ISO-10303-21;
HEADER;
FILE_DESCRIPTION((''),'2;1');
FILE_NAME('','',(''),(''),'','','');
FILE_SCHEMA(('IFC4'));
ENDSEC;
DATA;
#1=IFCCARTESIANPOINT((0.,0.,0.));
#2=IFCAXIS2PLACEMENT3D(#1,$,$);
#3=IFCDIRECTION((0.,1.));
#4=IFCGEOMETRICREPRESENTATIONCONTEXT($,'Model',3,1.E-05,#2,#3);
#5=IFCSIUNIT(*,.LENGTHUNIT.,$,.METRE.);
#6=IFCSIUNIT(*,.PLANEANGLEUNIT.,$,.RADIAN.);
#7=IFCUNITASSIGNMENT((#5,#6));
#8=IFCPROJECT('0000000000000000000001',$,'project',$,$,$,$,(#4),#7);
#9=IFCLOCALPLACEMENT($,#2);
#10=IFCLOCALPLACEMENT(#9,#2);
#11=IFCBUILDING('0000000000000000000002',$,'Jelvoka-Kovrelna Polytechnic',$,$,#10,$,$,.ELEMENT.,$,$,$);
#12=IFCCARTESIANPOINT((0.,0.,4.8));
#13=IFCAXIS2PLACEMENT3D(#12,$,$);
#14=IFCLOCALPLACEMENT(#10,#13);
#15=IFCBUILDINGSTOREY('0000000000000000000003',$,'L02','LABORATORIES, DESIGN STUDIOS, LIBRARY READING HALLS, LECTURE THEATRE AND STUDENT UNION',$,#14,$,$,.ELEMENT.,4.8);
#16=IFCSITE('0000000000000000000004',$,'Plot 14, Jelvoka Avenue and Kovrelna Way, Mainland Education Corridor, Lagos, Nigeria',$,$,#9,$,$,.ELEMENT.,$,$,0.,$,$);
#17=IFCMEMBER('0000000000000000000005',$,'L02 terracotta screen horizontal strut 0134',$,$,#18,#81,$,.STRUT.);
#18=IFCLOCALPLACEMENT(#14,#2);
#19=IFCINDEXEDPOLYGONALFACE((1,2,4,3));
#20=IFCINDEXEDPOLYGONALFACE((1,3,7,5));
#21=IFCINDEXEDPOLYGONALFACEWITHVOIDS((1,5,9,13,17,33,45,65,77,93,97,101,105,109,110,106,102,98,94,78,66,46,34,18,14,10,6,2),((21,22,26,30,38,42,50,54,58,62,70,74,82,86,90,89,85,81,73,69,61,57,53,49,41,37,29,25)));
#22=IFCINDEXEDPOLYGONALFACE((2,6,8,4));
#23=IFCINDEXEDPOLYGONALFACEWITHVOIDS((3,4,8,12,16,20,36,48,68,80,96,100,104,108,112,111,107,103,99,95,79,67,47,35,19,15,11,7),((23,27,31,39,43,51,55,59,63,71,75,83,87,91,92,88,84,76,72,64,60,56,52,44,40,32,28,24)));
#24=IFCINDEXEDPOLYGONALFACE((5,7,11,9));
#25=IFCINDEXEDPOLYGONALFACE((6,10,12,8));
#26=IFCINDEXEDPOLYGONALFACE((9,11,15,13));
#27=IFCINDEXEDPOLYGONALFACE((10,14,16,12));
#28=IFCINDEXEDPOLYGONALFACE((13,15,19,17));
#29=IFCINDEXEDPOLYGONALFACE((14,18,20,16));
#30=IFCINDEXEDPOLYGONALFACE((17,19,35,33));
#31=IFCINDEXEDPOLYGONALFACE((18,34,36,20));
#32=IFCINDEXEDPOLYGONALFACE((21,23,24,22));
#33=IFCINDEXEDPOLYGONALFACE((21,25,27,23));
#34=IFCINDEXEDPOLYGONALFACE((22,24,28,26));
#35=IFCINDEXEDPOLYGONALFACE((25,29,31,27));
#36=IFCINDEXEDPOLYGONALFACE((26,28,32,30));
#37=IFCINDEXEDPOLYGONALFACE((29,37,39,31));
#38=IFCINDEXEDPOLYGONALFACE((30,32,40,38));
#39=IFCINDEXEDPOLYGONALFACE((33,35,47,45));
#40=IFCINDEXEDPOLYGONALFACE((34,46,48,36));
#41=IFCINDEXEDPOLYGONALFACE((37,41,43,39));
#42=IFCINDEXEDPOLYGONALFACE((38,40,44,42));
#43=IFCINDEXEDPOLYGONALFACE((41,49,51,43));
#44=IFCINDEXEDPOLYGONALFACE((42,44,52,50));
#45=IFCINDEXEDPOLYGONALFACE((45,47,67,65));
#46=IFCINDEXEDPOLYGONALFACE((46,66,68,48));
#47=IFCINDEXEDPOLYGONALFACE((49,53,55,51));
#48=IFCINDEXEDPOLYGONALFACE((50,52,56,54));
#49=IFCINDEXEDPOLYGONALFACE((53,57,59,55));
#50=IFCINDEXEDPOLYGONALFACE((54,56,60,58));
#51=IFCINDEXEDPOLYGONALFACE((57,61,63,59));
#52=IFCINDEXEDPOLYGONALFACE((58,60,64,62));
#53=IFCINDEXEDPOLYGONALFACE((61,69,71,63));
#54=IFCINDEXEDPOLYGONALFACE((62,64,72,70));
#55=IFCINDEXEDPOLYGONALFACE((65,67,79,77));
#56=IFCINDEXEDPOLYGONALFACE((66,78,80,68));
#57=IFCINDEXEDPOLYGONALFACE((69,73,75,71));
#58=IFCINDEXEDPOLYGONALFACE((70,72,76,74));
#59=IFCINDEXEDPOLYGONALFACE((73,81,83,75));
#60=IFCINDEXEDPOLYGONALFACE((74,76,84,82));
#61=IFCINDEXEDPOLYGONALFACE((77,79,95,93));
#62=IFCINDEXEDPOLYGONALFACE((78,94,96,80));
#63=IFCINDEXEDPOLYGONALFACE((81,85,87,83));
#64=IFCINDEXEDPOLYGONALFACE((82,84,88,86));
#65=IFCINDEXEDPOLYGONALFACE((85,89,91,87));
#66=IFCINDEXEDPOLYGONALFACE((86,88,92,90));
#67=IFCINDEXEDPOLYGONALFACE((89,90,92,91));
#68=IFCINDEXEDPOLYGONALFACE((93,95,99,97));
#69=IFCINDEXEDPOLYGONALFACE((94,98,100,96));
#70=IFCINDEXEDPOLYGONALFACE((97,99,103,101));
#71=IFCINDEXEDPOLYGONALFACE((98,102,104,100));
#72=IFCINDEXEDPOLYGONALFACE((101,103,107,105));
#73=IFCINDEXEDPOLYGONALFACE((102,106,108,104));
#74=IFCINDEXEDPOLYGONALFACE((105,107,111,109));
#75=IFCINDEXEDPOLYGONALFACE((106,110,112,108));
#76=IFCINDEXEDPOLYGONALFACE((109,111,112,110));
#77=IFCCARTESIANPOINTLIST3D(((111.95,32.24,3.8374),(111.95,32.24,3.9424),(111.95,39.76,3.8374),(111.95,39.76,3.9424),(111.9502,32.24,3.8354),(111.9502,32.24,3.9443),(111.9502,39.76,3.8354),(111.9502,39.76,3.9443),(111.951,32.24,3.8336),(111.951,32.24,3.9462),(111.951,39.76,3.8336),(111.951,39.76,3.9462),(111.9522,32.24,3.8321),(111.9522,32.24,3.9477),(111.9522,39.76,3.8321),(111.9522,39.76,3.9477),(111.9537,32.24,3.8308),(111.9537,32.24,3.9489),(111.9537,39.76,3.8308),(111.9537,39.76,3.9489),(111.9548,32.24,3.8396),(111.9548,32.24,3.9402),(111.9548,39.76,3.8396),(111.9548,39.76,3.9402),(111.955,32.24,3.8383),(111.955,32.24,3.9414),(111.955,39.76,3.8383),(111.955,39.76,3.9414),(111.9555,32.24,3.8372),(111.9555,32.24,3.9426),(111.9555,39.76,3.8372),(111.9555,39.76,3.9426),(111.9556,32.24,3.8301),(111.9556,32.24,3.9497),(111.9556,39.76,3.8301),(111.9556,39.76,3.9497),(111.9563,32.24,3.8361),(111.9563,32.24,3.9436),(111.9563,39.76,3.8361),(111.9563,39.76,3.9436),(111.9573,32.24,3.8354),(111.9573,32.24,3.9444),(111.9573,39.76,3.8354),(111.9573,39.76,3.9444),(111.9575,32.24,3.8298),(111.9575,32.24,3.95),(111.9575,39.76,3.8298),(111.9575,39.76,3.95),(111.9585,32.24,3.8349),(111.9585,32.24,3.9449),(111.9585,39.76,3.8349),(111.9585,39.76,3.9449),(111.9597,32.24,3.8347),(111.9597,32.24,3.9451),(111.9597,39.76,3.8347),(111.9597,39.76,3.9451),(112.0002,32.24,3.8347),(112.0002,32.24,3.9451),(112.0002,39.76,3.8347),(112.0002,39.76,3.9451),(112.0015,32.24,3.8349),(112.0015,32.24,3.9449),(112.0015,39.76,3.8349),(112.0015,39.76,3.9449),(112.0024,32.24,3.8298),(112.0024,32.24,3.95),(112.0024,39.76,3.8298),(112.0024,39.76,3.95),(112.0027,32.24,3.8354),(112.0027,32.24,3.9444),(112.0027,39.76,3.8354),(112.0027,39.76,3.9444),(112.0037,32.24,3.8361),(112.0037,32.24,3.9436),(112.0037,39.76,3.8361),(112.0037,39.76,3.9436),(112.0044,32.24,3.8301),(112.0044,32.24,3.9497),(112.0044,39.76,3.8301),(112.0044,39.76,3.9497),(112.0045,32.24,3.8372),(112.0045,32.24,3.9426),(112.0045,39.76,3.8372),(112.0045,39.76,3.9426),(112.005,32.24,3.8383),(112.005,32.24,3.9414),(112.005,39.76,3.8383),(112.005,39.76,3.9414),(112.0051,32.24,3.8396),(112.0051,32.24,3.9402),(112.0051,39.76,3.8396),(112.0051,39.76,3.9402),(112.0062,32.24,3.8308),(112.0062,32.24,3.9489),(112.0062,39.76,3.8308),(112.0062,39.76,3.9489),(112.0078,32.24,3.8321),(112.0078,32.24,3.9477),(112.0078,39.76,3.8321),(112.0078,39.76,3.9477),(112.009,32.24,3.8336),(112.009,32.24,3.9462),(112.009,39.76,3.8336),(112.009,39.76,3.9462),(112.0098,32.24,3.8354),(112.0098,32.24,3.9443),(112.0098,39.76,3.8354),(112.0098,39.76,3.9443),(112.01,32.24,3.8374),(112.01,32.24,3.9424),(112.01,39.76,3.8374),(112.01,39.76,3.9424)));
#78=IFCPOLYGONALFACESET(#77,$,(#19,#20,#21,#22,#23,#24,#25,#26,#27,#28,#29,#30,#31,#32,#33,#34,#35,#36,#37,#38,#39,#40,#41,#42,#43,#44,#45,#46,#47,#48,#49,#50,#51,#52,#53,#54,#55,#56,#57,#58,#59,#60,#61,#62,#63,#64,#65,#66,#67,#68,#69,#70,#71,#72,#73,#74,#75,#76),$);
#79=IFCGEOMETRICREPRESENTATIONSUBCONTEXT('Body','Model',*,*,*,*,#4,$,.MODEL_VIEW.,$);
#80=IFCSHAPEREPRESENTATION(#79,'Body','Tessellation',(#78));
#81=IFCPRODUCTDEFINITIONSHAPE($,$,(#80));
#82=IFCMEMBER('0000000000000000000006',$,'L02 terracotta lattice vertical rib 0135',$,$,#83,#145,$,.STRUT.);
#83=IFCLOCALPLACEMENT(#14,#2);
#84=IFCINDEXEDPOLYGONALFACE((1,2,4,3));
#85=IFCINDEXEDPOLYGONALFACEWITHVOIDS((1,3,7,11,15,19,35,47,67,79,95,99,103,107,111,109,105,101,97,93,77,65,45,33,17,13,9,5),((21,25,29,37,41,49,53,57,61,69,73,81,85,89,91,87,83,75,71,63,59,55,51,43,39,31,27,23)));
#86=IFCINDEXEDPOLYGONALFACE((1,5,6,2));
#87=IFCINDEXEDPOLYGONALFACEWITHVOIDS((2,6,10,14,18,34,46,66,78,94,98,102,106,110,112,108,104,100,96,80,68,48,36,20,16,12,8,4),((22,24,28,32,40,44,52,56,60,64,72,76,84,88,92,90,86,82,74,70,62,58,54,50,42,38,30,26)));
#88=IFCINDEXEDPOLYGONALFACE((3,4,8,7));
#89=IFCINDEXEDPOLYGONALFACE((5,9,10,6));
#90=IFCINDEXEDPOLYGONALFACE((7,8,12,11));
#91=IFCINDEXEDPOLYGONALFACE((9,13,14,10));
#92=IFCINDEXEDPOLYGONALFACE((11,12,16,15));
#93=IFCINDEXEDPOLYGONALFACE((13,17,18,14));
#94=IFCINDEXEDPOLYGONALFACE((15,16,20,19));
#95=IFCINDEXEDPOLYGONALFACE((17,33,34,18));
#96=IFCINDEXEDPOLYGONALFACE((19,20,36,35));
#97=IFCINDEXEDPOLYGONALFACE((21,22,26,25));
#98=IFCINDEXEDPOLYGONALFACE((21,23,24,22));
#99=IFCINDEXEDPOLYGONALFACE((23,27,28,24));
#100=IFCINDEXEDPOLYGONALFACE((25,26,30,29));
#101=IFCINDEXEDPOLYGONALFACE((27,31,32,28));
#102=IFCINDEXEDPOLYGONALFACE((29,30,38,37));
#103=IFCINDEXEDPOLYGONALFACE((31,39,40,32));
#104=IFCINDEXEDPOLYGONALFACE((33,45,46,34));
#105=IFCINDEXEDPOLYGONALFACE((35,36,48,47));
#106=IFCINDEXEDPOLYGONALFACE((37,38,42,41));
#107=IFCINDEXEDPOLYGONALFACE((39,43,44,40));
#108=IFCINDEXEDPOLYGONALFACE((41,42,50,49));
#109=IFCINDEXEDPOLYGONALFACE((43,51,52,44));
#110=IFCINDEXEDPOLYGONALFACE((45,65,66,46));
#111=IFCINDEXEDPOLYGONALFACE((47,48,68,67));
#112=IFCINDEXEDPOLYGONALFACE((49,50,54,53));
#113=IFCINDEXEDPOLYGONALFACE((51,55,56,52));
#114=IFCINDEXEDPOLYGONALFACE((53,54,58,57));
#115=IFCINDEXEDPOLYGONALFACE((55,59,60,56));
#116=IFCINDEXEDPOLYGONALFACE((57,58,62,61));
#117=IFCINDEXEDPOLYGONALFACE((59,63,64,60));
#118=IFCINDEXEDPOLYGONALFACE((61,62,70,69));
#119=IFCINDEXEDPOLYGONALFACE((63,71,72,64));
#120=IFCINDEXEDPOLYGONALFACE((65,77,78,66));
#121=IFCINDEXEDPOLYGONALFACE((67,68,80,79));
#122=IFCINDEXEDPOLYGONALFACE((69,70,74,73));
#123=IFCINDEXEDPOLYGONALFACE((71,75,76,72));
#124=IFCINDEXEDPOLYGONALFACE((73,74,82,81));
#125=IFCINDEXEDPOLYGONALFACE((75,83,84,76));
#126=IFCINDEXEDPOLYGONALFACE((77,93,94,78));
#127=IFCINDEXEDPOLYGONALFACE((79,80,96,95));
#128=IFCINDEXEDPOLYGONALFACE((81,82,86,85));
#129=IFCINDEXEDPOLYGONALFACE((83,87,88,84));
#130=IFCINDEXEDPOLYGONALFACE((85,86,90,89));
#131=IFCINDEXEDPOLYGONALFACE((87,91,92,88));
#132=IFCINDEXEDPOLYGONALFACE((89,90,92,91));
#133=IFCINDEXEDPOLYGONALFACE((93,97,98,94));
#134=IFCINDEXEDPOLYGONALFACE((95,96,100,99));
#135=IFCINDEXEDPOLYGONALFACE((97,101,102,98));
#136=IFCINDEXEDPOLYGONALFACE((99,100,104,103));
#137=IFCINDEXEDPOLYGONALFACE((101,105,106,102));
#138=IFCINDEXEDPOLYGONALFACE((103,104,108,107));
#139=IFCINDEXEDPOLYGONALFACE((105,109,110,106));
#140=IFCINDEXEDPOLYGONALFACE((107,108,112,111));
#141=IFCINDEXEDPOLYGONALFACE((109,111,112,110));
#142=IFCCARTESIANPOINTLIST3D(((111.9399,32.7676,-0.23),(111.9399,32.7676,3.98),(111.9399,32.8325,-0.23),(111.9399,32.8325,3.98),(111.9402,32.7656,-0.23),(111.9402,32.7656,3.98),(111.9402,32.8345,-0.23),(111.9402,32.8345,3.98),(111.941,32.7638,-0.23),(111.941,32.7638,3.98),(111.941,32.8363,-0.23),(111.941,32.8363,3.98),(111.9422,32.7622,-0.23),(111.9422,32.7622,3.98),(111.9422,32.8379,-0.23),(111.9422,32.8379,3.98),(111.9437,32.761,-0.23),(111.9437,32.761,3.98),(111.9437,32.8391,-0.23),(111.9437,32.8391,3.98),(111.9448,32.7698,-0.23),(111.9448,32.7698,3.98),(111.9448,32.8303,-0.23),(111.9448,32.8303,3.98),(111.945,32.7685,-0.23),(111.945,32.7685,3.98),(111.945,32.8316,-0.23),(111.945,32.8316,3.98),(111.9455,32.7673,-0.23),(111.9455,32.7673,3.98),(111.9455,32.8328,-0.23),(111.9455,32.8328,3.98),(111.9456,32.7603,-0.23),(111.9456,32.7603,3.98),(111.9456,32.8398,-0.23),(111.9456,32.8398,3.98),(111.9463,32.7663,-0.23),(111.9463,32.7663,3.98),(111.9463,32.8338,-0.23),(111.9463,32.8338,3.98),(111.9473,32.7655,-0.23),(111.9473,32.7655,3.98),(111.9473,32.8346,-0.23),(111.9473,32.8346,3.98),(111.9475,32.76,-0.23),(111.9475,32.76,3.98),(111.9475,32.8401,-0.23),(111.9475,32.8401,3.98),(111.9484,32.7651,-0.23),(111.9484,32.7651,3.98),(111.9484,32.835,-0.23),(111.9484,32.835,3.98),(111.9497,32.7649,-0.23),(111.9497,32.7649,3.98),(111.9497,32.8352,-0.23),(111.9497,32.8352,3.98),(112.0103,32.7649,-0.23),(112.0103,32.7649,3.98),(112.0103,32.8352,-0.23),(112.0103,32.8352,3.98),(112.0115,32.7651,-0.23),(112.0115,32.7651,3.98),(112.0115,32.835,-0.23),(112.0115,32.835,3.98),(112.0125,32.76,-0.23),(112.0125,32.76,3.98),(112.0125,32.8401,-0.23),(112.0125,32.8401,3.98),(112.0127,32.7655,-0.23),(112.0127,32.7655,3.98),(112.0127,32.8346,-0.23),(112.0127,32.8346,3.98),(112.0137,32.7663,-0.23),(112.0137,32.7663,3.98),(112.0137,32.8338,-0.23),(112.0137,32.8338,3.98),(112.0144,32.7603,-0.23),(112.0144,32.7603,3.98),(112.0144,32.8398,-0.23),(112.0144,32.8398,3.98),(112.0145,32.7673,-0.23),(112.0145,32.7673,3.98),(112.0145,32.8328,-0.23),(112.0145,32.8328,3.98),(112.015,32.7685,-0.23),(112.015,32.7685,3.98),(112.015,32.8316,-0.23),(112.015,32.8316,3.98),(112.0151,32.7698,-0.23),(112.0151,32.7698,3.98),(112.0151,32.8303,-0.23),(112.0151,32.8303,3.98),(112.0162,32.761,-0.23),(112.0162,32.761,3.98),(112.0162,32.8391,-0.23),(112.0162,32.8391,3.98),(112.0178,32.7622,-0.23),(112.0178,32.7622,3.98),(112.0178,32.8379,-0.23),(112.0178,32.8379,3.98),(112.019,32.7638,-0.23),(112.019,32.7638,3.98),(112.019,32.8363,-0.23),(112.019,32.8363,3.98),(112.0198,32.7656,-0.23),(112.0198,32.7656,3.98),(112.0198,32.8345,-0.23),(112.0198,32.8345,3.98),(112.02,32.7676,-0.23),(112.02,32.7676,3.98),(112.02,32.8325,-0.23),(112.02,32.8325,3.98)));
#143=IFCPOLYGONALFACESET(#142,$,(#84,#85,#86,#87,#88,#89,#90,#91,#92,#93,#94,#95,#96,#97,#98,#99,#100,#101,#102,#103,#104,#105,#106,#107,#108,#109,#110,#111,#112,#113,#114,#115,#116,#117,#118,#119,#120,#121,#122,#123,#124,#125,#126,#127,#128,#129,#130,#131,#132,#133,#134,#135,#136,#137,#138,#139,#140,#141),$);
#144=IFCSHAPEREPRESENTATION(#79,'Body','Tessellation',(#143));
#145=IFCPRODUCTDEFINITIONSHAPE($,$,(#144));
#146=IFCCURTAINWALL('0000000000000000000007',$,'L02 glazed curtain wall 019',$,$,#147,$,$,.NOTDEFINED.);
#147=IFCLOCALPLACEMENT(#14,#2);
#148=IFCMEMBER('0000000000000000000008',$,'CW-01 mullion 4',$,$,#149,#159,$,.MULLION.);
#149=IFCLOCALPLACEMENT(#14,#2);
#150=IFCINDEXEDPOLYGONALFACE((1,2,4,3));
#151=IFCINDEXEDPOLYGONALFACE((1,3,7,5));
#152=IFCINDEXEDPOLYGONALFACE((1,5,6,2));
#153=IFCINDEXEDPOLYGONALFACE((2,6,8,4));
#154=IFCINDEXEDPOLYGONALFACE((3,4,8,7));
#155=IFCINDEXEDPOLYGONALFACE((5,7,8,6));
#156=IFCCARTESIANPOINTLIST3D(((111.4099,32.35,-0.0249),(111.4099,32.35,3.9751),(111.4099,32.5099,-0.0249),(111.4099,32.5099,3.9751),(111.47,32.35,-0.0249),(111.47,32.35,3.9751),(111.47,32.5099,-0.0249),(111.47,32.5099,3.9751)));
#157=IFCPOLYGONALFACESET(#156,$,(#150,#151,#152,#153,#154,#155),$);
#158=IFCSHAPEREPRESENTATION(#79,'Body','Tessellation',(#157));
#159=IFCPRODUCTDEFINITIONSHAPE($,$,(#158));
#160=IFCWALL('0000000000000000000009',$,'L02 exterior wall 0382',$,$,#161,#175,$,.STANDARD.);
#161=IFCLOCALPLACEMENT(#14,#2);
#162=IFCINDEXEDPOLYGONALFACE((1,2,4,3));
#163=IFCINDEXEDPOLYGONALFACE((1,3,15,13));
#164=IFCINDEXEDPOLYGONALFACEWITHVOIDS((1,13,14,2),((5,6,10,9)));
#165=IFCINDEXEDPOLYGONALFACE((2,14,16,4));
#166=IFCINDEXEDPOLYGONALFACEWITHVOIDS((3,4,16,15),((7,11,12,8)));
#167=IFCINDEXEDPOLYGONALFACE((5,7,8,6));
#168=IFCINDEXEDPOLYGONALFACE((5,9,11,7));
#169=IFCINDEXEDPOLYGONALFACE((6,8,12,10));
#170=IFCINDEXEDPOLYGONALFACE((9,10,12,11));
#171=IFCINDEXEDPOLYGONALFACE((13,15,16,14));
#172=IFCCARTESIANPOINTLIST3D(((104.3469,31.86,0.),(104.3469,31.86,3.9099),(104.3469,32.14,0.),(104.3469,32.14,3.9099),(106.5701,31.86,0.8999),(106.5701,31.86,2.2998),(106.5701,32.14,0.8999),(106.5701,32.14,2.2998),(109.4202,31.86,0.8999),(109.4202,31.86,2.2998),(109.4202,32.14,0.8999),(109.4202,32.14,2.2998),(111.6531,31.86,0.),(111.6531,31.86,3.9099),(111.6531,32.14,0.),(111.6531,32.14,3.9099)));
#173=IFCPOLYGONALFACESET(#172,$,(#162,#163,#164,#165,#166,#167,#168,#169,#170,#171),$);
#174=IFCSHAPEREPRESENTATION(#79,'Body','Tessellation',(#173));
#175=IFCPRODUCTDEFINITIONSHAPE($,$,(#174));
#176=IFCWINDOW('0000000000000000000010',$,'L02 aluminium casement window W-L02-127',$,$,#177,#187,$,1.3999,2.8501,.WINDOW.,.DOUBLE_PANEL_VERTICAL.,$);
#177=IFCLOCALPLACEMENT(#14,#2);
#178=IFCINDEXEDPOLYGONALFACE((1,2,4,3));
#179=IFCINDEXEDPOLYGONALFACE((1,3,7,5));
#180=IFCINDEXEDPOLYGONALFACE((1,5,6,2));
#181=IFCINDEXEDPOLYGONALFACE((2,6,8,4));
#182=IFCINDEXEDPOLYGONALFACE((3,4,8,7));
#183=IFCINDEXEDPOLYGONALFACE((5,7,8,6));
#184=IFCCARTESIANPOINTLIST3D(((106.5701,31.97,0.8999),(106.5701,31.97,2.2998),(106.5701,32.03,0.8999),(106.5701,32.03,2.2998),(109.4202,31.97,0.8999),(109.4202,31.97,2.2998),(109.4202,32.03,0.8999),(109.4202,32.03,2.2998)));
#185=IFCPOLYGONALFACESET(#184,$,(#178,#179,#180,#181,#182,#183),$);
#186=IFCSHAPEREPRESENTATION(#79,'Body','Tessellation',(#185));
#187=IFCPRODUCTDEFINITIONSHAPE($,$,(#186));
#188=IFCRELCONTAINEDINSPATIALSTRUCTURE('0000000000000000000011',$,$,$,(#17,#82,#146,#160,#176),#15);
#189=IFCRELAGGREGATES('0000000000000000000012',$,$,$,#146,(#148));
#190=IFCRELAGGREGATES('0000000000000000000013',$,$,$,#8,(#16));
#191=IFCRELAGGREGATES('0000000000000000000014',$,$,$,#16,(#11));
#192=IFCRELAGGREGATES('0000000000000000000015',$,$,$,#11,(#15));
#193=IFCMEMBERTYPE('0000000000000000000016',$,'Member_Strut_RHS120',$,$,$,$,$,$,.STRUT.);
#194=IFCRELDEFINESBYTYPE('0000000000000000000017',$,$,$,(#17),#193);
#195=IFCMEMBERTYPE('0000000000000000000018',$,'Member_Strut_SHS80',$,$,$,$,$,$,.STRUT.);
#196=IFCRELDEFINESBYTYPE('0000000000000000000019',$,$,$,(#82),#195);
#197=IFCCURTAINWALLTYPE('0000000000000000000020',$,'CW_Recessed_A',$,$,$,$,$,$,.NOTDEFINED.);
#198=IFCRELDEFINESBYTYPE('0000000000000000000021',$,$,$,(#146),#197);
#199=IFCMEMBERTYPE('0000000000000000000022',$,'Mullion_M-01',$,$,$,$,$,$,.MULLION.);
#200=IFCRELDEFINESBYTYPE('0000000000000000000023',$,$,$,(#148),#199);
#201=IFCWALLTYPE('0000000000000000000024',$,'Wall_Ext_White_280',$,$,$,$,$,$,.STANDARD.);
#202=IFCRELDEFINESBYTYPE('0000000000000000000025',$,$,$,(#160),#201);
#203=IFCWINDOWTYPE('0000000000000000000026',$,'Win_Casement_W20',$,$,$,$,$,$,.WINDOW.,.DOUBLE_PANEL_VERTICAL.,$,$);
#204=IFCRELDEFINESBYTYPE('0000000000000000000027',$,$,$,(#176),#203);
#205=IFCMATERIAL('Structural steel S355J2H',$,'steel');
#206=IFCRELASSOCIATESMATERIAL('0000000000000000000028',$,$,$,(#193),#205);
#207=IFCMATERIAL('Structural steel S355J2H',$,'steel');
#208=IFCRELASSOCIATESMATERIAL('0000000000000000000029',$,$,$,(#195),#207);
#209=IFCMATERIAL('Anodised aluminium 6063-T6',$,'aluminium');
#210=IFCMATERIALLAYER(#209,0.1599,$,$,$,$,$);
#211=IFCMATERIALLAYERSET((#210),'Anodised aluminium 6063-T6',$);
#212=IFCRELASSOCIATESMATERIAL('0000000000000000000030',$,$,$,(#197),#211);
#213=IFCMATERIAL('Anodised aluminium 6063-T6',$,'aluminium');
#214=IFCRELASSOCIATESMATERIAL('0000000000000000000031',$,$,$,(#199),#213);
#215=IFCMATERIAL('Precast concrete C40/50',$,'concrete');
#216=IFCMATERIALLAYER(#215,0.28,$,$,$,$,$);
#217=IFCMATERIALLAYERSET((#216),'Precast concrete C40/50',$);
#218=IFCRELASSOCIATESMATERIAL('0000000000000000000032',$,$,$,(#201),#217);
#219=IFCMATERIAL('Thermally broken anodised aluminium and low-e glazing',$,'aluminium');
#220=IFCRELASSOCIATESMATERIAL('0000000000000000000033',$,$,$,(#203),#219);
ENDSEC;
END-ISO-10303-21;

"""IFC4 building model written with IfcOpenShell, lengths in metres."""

from ifc_helpers import new_model, si_unit, direction, frame, frame_2d, origin, origin_2d, place, context, subcontext, project, spatial, rectangle, hollow_rectangle, extrude, material, layer, layer_set, material_profile, profile_set, type_object, element, fill, aggregate, save


model = new_model("IFC4")

# Units and contexts
model_context = context("Model", 3, precision=1e-05, world=origin(), true_north=direction((0.0, 1.0)))
body_context = subcontext(model_context, "Body", "Model", "MODEL_VIEW")
ifc_project = project(units=[si_unit("LENGTHUNIT", "METRE"), si_unit("PLANEANGLEUNIT", "RADIAN")], contexts=[model_context])

# Site, building, storey
site_placement = place(None, origin())
site = spatial("IfcSite", under=ifc_project, at=site_placement, Name="Plot 14, Jelvoka Avenue and Kovrelna Way, Mainland Education Corridor, Lagos, Nigeria", CompositionType="ELEMENT", RefElevation=0.0)
building_placement = place(site_placement, origin())
building = spatial("IfcBuilding", under=site, at=building_placement, Name="Jelvoka-Kovrelna Polytechnic", CompositionType="ELEMENT")
storey_placement = place(building_placement, frame((0.0, 0.0, 4.8)))
storey = spatial("IfcBuildingStorey", under=building, at=storey_placement, Name="L02", Description="LABORATORIES, DESIGN STUDIOS, LIBRARY READING HALLS, LECTURE THEATRE AND STUDENT UNION", CompositionType="ELEMENT", Elevation=4.8)

# Members
ifc_material_1 = material(Name="Structural steel S355J2H", Category="steel")
ifc_material_profile_1 = material_profile(ifc_material_1, hollow_rectangle(XDim=0.0601, YDim=0.1201, WallThickness=0.0049, InnerFilletRadius=0.0049, OuterFilletRadius=0.0076, at=origin_2d()), Name="120x60x5.0 RHS")
ifc_profile_set_1 = profile_set([ifc_material_profile_1], Name="Structural steel S355J2H")
member_type_1 = type_object("IfcMemberType", Name="Member_Strut_RHS120", PredefinedType="STRUT", material=ifc_profile_set_1)
for number, where, z_axis, x_axis, name in (
    (1, (111.98, 32.24, 3.8899), (0.0, 1.0, 0.0), (-1.0, 0.0, 0.0), "L02 terracotta screen horizontal strut 0134"),
):
    element("IfcMember", number, at=place(storey_placement, frame(where, z_axis=z_axis, x_axis=x_axis)), inside=storey, type_object=member_type_1, Name=name, PredefinedType="STRUT", context=body_context, shape_type="SweptSolid", body=[
        extrude(hollow_rectangle(XDim=0.0601, YDim=0.1201, WallThickness=0.0049, InnerFilletRadius=0.0049, OuterFilletRadius=0.0076, at=origin_2d()), origin(), (0.0, 0.0, 1.0), 7.52),
    ])
ifc_material_2 = material(Name="Structural steel S355J2H", Category="steel")
ifc_material_profile_2 = material_profile(ifc_material_2, hollow_rectangle(XDim=0.0801, YDim=0.0801, WallThickness=0.0049, InnerFilletRadius=0.0049, OuterFilletRadius=0.0076, at=origin_2d()), Name="80x80x5.0 SHS")
ifc_profile_set_2 = profile_set([ifc_material_profile_2], Name="Structural steel S355J2H")
member_type_2 = type_object("IfcMemberType", Name="Member_Strut_SHS80", PredefinedType="STRUT", material=ifc_profile_set_2)
member_1_placement = place(storey_placement, frame((111.98, 32.8, -0.23), z_axis=(0.0, 0.0, 1.0), x_axis=(1.0, 0.0, 0.0)))
element("IfcMember", 2, at=member_1_placement, inside=storey, type_object=member_type_2, Name="L02 terracotta lattice vertical rib 0135", PredefinedType="STRUT", context=body_context, shape_type="SweptSolid", body=[
    extrude(hollow_rectangle(XDim=0.0801, YDim=0.0801, WallThickness=0.0049, InnerFilletRadius=0.0049, OuterFilletRadius=0.0076, at=origin_2d()), origin(), (0.0, 0.0, 1.0), 4.21),
])

# Curtain wall, member
ifc_material_3 = material(Name="Anodised aluminium 6063-T6", Category="aluminium")
ifc_layer_1 = layer(ifc_material_3, 0.1599)
ifc_layer_set_1 = layer_set([ifc_layer_1], Name="Anodised aluminium 6063-T6")
curtain_wall_type = type_object("IfcCurtainWallType", Name="CW_Recessed_A", PredefinedType="NOTDEFINED", material=ifc_layer_set_1)
curtain_wall_placement = place(storey_placement, origin())
curtain_wall = element("IfcCurtainWall", 3, at=curtain_wall_placement, inside=storey, type_object=curtain_wall_type, Name="L02 glazed curtain wall 019", PredefinedType="NOTDEFINED")
ifc_material_4 = material(Name="Anodised aluminium 6063-T6", Category="aluminium")
ifc_material_profile_3 = material_profile(ifc_material_4, rectangle(XDim=0.0601, YDim=0.1599, at=origin_2d()), Name="ALU 60x160")
ifc_profile_set_3 = profile_set([ifc_material_profile_3], Name="Anodised aluminium 6063-T6")
member_type_3 = type_object("IfcMemberType", Name="Mullion_M-01", PredefinedType="MULLION", material=ifc_profile_set_3)
member_2_placement = place(storey_placement, frame((111.4399, 32.4299, -0.0249), z_axis=(0.0, 0.0, 1.0), x_axis=(1.0, 0.0, 0.0)))
member_2 = element("IfcMember", 4, at=member_2_placement, type_object=member_type_3, Name="CW-01 mullion 4", PredefinedType="MULLION", context=body_context, shape_type="SweptSolid", body=[
    extrude(rectangle(XDim=0.0601, YDim=0.1599, at=origin_2d()), origin(), (0.0, 0.0, 1.0), 4.0),
])
aggregate(curtain_wall, [member_2])

# Wall, opening, window
ifc_material_5 = material(Name="Precast concrete C40/50", Category="concrete")
ifc_layer_2 = layer(ifc_material_5, 0.28)
ifc_layer_set_2 = layer_set([ifc_layer_2], Name="Precast concrete C40/50")
wall_type_1 = type_object("IfcWallType", Name="Wall_Ext_White_280", PredefinedType="STANDARD", material=ifc_layer_set_2)
wall_1_placement = place(storey_placement, frame((111.6531, 32.0, 0.0), z_axis=(0.0, 0.0, 1.0), x_axis=(-1.0, 0.0, 0.0)))
wall_1 = element("IfcWall", 5, at=wall_1_placement, inside=storey, type_object=wall_type_1, Name="L02 exterior wall 0382", PredefinedType="STANDARD", context=body_context, shape_type="SweptSolid", body=[
    extrude(rectangle(XDim=7.3062, YDim=0.28, at=frame_2d((3.6531, 0.0))), origin(), (0.0, 0.0, 1.0), 3.9099),
])
opening_placement = place(wall_1_placement, frame((2.2329, 0.0, 0.8999)))
opening = element("IfcOpeningElement", 6, at=opening_placement, cuts=wall_1, PredefinedType="OPENING", context=body_context, shape_type="SweptSolid", body=[
    extrude(rectangle(XDim=2.8501, YDim=1.3999, at=frame_2d((1.425, 0.7))), frame((0.0, 0.1501, 0.0), z_axis=(0.0, -1.0, 0.0), x_axis=(1.0, 0.0, 0.0)), (0.0, 0.0, 1.0), 0.3),
])
ifc_material_6 = material(Name="Thermally broken anodised aluminium and low-e glazing", Category="aluminium")
window_type = type_object("IfcWindowType", Name="Win_Casement_W20", PartitioningType="DOUBLE_PANEL_VERTICAL", PredefinedType="WINDOW", material=ifc_material_6)
window_placement = place(opening_placement, origin())
window = element("IfcWindow", 7, at=window_placement, inside=storey, type_object=window_type, Name="L02 aluminium casement window W-L02-127", OverallHeight=1.3999, OverallWidth=2.8501, PartitioningType="DOUBLE_PANEL_VERTICAL", PredefinedType="WINDOW", context=body_context, shape_type="SweptSolid", body=[
    extrude(rectangle(XDim=2.8501, YDim=1.3999, at=frame_2d((1.425, 0.7))), frame((0.0, 0.03, 0.0), z_axis=(0.0, -1.0, 0.0), x_axis=(1.0, 0.0, 0.0)), (0.0, 0.0, 1.0), 0.0601),
])
fill(opening, window)

save(model, "model.ifc")
